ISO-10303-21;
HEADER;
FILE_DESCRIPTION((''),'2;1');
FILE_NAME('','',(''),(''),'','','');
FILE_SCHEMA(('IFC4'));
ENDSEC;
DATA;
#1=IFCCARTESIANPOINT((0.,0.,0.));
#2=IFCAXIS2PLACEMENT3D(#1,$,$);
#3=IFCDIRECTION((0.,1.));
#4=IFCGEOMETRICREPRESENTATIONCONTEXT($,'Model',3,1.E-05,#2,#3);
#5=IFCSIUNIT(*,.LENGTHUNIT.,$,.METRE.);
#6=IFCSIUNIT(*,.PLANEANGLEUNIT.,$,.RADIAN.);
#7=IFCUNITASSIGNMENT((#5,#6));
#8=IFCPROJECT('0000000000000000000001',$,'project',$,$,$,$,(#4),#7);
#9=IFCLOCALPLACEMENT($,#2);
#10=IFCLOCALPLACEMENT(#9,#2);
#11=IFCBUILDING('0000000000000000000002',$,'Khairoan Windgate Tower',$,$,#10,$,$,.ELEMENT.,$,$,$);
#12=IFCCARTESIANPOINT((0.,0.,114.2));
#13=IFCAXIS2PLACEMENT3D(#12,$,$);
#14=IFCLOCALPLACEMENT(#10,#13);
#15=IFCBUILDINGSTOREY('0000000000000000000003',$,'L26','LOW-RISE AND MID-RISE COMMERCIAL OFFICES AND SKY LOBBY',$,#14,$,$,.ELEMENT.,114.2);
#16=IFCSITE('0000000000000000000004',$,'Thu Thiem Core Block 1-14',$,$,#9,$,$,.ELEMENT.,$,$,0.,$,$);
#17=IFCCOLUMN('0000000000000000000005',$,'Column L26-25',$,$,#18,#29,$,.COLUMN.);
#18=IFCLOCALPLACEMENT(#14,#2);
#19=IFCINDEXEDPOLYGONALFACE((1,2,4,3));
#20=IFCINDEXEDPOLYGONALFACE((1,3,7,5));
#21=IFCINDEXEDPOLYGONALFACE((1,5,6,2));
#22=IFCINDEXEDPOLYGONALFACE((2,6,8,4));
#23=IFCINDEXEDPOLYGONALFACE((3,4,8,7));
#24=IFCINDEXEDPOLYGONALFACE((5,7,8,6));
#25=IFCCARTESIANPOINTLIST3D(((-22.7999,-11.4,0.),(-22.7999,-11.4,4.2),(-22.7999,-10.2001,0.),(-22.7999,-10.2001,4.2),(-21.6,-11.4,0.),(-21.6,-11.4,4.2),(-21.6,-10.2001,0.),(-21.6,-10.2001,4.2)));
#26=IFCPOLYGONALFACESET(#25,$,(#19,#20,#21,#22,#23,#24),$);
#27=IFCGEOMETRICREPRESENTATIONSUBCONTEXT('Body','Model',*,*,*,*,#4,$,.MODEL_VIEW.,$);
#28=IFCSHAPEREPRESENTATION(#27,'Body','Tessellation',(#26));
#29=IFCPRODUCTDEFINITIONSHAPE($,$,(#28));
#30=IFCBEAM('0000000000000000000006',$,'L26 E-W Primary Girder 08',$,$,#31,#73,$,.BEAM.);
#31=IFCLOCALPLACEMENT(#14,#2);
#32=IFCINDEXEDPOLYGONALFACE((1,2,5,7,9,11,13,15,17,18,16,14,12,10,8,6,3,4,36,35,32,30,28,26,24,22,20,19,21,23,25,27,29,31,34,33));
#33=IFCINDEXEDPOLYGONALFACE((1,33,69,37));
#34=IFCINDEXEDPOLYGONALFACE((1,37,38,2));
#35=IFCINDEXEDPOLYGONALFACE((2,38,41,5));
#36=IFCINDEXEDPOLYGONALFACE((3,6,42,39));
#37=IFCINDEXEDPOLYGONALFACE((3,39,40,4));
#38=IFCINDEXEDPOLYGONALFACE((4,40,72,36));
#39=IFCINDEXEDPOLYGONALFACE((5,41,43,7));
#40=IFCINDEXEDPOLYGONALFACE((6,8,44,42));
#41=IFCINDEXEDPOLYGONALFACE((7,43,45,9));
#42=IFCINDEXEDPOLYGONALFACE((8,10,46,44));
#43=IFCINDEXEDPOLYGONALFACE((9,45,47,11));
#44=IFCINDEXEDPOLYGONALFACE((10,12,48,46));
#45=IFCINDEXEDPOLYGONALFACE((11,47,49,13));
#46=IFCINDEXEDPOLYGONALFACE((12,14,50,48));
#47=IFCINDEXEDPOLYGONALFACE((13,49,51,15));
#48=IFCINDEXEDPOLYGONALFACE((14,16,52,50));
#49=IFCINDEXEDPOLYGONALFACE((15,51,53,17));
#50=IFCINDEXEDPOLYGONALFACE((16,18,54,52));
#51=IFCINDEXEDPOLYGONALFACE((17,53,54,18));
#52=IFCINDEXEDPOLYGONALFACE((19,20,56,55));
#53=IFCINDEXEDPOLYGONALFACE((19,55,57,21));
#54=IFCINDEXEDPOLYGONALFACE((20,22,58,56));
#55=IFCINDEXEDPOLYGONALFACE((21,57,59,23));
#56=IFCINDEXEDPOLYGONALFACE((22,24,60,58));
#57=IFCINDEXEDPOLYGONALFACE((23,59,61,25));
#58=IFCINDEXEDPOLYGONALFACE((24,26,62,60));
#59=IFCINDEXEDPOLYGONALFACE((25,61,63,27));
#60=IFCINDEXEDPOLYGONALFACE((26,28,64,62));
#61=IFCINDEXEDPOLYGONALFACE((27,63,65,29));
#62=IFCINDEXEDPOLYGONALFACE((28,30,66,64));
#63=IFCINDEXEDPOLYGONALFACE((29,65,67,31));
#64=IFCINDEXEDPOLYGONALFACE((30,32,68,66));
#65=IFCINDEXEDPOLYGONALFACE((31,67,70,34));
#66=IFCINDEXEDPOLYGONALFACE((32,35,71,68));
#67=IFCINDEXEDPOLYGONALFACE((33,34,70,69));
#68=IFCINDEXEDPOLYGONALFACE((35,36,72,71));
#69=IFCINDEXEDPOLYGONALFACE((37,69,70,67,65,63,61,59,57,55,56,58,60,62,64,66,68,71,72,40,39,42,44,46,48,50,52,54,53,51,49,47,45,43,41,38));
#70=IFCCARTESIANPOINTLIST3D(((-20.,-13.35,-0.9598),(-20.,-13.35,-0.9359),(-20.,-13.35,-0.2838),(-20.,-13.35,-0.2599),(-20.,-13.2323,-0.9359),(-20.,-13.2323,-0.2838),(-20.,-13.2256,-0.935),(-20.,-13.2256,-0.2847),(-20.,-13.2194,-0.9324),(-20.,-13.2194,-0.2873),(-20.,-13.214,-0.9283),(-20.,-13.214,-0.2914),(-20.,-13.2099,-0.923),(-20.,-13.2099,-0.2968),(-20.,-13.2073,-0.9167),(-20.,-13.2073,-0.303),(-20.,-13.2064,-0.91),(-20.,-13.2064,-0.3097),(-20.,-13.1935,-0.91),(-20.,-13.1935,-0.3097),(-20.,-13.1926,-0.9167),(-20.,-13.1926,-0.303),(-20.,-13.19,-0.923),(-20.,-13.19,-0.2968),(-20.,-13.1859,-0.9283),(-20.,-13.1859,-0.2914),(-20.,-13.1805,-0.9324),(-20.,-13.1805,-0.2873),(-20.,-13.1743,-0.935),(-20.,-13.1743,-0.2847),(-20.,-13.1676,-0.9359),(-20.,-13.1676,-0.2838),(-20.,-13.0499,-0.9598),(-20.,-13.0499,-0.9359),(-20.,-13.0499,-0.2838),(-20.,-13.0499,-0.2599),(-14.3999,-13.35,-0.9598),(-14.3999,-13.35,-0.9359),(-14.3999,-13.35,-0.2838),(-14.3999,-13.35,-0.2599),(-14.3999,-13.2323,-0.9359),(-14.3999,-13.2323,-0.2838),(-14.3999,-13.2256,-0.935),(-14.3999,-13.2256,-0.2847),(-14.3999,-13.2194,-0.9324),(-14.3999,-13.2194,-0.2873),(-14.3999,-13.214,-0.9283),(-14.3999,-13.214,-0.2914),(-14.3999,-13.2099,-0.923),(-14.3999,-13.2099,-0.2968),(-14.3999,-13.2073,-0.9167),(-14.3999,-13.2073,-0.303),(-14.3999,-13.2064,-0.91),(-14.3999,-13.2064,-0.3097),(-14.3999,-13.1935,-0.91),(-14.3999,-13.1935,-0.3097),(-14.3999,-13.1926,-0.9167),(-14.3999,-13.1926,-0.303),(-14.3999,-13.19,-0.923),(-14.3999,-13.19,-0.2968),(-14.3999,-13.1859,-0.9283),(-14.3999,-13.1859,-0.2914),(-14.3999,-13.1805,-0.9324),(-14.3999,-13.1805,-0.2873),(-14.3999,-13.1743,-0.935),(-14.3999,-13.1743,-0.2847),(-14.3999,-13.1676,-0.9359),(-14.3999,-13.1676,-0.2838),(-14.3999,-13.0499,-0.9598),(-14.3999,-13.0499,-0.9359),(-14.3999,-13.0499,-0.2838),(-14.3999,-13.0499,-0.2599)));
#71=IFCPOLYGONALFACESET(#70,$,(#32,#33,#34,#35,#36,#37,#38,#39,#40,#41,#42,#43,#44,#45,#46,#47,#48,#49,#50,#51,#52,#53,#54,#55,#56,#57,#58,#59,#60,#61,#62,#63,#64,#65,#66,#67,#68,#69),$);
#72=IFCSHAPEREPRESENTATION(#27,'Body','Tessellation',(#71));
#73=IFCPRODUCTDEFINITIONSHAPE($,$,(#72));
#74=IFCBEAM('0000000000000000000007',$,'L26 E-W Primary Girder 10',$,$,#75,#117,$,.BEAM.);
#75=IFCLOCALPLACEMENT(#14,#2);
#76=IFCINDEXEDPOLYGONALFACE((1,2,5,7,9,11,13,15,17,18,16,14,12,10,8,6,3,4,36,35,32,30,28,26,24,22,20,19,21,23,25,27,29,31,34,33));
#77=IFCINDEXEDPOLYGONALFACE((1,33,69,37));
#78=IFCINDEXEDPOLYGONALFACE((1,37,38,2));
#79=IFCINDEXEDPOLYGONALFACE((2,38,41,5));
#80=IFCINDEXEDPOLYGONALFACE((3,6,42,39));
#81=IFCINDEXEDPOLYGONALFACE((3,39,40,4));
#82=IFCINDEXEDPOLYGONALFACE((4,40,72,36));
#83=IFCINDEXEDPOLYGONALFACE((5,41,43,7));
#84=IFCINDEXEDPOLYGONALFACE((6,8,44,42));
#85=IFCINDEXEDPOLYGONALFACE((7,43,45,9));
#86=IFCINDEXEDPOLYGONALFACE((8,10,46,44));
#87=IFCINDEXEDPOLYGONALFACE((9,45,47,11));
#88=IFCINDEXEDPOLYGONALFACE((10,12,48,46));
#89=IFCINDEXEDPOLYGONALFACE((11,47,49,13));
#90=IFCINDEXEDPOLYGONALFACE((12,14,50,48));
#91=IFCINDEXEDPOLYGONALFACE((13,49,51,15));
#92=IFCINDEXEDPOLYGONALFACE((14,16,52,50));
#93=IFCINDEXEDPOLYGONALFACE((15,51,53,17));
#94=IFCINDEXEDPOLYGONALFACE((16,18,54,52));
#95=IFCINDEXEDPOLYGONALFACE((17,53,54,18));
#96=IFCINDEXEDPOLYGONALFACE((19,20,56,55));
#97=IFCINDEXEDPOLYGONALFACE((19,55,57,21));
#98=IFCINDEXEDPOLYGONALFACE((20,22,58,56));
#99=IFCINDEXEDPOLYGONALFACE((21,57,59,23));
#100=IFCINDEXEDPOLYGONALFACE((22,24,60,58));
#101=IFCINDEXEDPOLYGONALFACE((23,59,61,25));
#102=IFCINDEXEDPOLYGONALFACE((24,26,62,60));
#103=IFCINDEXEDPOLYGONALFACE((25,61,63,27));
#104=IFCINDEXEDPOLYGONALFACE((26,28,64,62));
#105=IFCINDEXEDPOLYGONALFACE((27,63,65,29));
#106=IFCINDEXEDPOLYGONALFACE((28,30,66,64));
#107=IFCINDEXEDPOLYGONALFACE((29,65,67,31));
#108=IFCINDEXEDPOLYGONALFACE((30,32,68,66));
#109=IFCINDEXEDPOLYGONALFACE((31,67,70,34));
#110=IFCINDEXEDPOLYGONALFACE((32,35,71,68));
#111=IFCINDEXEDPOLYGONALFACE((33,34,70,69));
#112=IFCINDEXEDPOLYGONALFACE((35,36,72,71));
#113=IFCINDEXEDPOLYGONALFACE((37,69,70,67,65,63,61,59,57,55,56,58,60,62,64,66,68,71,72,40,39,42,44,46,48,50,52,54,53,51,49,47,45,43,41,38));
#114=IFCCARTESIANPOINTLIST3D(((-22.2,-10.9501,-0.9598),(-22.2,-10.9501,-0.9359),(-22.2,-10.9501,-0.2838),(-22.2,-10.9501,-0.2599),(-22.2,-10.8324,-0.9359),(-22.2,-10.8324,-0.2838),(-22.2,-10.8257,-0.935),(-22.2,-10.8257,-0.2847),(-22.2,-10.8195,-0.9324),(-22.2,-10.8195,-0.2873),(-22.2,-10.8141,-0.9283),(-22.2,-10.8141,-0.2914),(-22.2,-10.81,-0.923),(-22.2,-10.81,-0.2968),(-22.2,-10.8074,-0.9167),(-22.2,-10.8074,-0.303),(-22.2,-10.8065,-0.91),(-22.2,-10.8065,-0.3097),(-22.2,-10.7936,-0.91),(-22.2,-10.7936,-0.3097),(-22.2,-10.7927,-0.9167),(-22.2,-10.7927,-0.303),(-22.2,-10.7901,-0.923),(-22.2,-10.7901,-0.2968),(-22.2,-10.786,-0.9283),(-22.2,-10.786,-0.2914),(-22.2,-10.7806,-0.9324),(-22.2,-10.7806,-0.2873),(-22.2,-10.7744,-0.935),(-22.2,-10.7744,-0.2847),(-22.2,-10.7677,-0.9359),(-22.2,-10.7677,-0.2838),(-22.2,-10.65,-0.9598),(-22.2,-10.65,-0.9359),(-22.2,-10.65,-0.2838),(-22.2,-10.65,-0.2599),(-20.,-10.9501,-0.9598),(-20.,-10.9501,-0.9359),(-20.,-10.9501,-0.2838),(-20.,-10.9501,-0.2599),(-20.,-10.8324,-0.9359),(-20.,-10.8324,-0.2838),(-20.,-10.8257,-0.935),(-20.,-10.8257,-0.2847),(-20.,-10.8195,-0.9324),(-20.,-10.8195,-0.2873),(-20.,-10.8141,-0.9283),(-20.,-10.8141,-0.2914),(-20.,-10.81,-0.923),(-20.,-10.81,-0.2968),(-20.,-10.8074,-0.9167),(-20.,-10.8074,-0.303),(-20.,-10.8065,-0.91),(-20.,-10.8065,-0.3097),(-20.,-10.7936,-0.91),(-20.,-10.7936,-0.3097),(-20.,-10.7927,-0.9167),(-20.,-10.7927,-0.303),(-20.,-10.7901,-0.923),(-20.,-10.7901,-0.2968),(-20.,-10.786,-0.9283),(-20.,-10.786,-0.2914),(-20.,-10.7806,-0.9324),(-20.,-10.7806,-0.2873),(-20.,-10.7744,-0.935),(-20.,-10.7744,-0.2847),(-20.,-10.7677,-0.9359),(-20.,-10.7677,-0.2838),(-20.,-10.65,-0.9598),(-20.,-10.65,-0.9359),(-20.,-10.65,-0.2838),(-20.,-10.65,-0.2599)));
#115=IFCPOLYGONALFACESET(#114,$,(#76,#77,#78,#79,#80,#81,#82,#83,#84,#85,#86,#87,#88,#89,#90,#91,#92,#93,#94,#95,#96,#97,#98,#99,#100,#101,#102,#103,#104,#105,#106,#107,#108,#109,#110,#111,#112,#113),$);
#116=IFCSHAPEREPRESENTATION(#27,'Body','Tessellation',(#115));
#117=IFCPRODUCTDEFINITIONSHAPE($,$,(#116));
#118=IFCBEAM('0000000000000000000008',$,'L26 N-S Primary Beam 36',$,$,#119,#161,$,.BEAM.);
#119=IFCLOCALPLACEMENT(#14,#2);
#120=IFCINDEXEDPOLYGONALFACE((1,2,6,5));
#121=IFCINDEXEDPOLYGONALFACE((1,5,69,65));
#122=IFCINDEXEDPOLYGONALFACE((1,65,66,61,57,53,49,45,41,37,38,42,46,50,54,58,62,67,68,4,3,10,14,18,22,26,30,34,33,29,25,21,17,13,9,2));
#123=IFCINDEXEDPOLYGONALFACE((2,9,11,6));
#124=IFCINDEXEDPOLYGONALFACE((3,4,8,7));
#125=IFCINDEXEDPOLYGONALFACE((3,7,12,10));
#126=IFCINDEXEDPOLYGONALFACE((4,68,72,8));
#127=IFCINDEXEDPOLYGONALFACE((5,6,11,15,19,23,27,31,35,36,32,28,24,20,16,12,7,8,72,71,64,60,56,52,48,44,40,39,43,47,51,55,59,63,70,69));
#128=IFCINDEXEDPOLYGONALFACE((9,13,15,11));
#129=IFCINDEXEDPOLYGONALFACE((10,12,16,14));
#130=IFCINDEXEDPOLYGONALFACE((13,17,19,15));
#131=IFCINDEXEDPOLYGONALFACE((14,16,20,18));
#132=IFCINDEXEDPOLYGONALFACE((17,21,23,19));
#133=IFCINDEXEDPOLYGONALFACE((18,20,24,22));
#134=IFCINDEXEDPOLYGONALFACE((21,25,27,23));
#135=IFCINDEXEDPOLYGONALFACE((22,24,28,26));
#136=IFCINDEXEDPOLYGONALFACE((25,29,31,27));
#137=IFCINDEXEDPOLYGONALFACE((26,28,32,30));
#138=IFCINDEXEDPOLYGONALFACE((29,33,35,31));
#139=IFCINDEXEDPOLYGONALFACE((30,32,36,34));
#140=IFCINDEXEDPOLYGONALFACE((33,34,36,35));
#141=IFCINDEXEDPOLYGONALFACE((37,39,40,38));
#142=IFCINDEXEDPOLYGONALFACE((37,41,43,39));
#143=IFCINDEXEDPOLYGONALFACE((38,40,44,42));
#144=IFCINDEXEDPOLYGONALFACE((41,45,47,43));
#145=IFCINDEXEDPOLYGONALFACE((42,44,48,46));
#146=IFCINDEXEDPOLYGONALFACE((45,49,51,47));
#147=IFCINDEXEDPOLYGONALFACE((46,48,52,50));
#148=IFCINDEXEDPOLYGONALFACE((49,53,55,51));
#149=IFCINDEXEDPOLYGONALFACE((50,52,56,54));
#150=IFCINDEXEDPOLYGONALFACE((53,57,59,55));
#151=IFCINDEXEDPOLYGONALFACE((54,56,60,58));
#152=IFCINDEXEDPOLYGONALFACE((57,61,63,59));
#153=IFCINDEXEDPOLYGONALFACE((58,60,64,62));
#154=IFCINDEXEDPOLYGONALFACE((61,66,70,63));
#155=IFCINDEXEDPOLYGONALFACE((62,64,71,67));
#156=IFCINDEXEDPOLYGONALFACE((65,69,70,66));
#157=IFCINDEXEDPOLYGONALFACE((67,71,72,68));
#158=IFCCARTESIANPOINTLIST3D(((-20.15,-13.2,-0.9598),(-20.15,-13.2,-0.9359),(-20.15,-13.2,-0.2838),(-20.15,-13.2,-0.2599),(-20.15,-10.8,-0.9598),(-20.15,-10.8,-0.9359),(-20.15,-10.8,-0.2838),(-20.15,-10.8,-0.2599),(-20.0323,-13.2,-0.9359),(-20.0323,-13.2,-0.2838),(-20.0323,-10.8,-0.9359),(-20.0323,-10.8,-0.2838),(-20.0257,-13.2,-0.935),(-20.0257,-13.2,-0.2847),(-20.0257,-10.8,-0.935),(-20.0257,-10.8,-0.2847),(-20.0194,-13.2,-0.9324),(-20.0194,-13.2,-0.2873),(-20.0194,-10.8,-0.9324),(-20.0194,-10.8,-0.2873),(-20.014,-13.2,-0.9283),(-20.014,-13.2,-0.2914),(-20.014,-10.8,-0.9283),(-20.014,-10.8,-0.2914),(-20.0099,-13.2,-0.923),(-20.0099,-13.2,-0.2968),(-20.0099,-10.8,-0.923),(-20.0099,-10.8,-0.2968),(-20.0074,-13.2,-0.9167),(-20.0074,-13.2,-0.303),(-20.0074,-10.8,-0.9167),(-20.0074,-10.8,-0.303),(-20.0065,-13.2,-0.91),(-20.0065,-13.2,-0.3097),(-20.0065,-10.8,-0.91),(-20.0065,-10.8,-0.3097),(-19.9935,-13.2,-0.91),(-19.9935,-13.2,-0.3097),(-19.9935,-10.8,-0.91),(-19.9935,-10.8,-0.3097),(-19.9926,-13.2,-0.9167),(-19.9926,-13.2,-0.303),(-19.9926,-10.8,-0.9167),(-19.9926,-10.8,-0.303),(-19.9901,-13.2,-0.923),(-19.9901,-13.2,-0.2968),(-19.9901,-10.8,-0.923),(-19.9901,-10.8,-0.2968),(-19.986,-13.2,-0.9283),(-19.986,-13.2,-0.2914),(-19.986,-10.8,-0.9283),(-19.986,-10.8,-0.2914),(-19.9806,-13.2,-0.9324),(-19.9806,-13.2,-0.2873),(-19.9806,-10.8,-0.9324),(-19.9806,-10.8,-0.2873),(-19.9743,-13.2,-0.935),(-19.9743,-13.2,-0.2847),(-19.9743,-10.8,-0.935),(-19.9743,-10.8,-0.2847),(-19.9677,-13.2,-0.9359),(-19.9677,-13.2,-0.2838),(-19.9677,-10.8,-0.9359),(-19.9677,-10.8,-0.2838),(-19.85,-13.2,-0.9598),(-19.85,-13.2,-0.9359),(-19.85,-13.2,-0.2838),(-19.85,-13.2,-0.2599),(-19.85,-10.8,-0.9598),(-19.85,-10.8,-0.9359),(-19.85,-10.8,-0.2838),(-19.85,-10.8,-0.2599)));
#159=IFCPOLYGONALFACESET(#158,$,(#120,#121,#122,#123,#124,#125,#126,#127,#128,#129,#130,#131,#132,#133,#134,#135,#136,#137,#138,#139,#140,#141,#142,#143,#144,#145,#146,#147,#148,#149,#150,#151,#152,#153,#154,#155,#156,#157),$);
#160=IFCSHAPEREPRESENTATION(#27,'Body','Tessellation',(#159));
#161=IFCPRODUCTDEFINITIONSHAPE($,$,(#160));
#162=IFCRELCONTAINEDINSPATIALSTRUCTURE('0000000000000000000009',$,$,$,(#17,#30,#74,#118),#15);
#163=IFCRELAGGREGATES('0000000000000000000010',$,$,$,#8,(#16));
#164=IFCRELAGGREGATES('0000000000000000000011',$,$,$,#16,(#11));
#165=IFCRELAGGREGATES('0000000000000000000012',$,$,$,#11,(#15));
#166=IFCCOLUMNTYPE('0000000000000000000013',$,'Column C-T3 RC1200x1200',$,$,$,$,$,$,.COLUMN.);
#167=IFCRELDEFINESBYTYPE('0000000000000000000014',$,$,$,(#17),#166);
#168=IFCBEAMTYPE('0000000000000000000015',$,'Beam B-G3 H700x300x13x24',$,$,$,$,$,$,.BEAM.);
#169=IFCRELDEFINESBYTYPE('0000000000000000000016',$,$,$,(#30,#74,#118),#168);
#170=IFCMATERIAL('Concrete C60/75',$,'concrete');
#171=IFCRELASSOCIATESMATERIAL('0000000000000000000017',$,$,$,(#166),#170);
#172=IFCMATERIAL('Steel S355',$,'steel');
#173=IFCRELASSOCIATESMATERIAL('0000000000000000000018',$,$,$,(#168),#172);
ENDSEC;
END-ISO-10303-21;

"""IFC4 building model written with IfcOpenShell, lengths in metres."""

from ifc_helpers import new_model, si_unit, direction, frame, origin, origin_2d, place, context, subcontext, project, spatial, rectangle, i_section, extrude, material, material_profile, profile_set, type_object, element, save


model = new_model("IFC4")

# Units and contexts
model_context = context("Model", 3, precision=1e-05, world=origin(), true_north=direction((0.0, 1.0)))
body_context = subcontext(model_context, "Body", "Model", "MODEL_VIEW")
ifc_project = project(units=[si_unit("LENGTHUNIT", "METRE"), si_unit("PLANEANGLEUNIT", "RADIAN")], contexts=[model_context])

# Site, building, storey
site_placement = place(None, origin())
site = spatial("IfcSite", under=ifc_project, at=site_placement, Name="Thu Thiem Core Block 1-14", CompositionType="ELEMENT", RefElevation=0.0)
building_placement = place(site_placement, origin())
building = spatial("IfcBuilding", under=site, at=building_placement, Name="Khairoan Windgate Tower", CompositionType="ELEMENT")
storey_placement = place(building_placement, frame((0.0, 0.0, 114.2)))
storey = spatial("IfcBuildingStorey", under=building, at=storey_placement, Name="L26", Description="LOW-RISE AND MID-RISE COMMERCIAL OFFICES AND SKY LOBBY", CompositionType="ELEMENT", Elevation=114.2)

# Column
ifc_material_1 = material(Name="Concrete C60/75", Category="concrete")
ifc_material_profile_1 = material_profile(ifc_material_1, rectangle(XDim=1.2, YDim=1.2, at=origin_2d()))
ifc_profile_set_1 = profile_set([ifc_material_profile_1], Name="Concrete C60/75")
column_type = type_object("IfcColumnType", Name="Column C-T3 RC1200x1200", PredefinedType="COLUMN", material=ifc_profile_set_1)
column_placement = place(storey_placement, frame((-22.2, -10.8, 0.0), z_axis=(0.0, 0.0, 1.0), x_axis=(1.0, 0.0, 0.0)))
element("IfcColumn", 1, at=column_placement, inside=storey, type_object=column_type, Name="Column L26-25", PredefinedType="COLUMN", context=body_context, shape_type="SweptSolid", body=[
    extrude(rectangle(XDim=1.2, YDim=1.2, at=origin_2d()), origin(), (0.0, 0.0, 1.0), 4.2),
])

# Beams
ifc_material_2 = material(Name="Steel S355", Category="steel")
ifc_material_profile_2 = material_profile(ifc_material_2, i_section(OverallWidth=0.3, OverallDepth=0.7, WebThickness=0.0129, FlangeThickness=0.0239, FilletRadius=0.0259, at=origin_2d()))
ifc_profile_set_2 = profile_set([ifc_material_profile_2], Name="Steel S355")
beam_type_1 = type_object("IfcBeamType", Name="Beam B-G3 H700x300x13x24", PredefinedType="BEAM", material=ifc_profile_set_2)
beam_1_placement = place(storey_placement, frame((-20.0, -13.2, -0.6099), z_axis=(1.0, 0.0, 0.0), x_axis=(0.0, 1.0, 0.0)))
element("IfcBeam", 2, at=beam_1_placement, inside=storey, type_object=beam_type_1, Name="L26 E-W Primary Girder 08", PredefinedType="BEAM", context=body_context, shape_type="SweptSolid", body=[
    extrude(i_section(OverallWidth=0.3, OverallDepth=0.7, WebThickness=0.0129, FlangeThickness=0.0239, FilletRadius=0.0259, at=origin_2d()), origin(), (0.0, 0.0, 1.0), 5.6001),
])
beam_2_placement = place(storey_placement, frame((-22.2, -10.8, -0.6099), z_axis=(1.0, 0.0, 0.0), x_axis=(0.0, 1.0, 0.0)))
element("IfcBeam", 3, at=beam_2_placement, inside=storey, type_object=beam_type_1, Name="L26 E-W Primary Girder 10", PredefinedType="BEAM", context=body_context, shape_type="SweptSolid", body=[
    extrude(i_section(OverallWidth=0.3, OverallDepth=0.7, WebThickness=0.0129, FlangeThickness=0.0239, FilletRadius=0.0259, at=origin_2d()), origin(), (0.0, 0.0, 1.0), 2.2),
])
beam_3_placement = place(storey_placement, frame((-20.0, -13.2, -0.6099), z_axis=(0.0, 1.0, 0.0), x_axis=(-1.0, 0.0, 0.0)))
element("IfcBeam", 4, at=beam_3_placement, inside=storey, type_object=beam_type_1, Name="L26 N-S Primary Beam 36", PredefinedType="BEAM", context=body_context, shape_type="SweptSolid", body=[
    extrude(i_section(OverallWidth=0.3, OverallDepth=0.7, WebThickness=0.0129, FlangeThickness=0.0239, FilletRadius=0.0259, at=origin_2d()), origin(), (0.0, 0.0, 1.0), 2.3999),
])

save(model, "model.ifc")
